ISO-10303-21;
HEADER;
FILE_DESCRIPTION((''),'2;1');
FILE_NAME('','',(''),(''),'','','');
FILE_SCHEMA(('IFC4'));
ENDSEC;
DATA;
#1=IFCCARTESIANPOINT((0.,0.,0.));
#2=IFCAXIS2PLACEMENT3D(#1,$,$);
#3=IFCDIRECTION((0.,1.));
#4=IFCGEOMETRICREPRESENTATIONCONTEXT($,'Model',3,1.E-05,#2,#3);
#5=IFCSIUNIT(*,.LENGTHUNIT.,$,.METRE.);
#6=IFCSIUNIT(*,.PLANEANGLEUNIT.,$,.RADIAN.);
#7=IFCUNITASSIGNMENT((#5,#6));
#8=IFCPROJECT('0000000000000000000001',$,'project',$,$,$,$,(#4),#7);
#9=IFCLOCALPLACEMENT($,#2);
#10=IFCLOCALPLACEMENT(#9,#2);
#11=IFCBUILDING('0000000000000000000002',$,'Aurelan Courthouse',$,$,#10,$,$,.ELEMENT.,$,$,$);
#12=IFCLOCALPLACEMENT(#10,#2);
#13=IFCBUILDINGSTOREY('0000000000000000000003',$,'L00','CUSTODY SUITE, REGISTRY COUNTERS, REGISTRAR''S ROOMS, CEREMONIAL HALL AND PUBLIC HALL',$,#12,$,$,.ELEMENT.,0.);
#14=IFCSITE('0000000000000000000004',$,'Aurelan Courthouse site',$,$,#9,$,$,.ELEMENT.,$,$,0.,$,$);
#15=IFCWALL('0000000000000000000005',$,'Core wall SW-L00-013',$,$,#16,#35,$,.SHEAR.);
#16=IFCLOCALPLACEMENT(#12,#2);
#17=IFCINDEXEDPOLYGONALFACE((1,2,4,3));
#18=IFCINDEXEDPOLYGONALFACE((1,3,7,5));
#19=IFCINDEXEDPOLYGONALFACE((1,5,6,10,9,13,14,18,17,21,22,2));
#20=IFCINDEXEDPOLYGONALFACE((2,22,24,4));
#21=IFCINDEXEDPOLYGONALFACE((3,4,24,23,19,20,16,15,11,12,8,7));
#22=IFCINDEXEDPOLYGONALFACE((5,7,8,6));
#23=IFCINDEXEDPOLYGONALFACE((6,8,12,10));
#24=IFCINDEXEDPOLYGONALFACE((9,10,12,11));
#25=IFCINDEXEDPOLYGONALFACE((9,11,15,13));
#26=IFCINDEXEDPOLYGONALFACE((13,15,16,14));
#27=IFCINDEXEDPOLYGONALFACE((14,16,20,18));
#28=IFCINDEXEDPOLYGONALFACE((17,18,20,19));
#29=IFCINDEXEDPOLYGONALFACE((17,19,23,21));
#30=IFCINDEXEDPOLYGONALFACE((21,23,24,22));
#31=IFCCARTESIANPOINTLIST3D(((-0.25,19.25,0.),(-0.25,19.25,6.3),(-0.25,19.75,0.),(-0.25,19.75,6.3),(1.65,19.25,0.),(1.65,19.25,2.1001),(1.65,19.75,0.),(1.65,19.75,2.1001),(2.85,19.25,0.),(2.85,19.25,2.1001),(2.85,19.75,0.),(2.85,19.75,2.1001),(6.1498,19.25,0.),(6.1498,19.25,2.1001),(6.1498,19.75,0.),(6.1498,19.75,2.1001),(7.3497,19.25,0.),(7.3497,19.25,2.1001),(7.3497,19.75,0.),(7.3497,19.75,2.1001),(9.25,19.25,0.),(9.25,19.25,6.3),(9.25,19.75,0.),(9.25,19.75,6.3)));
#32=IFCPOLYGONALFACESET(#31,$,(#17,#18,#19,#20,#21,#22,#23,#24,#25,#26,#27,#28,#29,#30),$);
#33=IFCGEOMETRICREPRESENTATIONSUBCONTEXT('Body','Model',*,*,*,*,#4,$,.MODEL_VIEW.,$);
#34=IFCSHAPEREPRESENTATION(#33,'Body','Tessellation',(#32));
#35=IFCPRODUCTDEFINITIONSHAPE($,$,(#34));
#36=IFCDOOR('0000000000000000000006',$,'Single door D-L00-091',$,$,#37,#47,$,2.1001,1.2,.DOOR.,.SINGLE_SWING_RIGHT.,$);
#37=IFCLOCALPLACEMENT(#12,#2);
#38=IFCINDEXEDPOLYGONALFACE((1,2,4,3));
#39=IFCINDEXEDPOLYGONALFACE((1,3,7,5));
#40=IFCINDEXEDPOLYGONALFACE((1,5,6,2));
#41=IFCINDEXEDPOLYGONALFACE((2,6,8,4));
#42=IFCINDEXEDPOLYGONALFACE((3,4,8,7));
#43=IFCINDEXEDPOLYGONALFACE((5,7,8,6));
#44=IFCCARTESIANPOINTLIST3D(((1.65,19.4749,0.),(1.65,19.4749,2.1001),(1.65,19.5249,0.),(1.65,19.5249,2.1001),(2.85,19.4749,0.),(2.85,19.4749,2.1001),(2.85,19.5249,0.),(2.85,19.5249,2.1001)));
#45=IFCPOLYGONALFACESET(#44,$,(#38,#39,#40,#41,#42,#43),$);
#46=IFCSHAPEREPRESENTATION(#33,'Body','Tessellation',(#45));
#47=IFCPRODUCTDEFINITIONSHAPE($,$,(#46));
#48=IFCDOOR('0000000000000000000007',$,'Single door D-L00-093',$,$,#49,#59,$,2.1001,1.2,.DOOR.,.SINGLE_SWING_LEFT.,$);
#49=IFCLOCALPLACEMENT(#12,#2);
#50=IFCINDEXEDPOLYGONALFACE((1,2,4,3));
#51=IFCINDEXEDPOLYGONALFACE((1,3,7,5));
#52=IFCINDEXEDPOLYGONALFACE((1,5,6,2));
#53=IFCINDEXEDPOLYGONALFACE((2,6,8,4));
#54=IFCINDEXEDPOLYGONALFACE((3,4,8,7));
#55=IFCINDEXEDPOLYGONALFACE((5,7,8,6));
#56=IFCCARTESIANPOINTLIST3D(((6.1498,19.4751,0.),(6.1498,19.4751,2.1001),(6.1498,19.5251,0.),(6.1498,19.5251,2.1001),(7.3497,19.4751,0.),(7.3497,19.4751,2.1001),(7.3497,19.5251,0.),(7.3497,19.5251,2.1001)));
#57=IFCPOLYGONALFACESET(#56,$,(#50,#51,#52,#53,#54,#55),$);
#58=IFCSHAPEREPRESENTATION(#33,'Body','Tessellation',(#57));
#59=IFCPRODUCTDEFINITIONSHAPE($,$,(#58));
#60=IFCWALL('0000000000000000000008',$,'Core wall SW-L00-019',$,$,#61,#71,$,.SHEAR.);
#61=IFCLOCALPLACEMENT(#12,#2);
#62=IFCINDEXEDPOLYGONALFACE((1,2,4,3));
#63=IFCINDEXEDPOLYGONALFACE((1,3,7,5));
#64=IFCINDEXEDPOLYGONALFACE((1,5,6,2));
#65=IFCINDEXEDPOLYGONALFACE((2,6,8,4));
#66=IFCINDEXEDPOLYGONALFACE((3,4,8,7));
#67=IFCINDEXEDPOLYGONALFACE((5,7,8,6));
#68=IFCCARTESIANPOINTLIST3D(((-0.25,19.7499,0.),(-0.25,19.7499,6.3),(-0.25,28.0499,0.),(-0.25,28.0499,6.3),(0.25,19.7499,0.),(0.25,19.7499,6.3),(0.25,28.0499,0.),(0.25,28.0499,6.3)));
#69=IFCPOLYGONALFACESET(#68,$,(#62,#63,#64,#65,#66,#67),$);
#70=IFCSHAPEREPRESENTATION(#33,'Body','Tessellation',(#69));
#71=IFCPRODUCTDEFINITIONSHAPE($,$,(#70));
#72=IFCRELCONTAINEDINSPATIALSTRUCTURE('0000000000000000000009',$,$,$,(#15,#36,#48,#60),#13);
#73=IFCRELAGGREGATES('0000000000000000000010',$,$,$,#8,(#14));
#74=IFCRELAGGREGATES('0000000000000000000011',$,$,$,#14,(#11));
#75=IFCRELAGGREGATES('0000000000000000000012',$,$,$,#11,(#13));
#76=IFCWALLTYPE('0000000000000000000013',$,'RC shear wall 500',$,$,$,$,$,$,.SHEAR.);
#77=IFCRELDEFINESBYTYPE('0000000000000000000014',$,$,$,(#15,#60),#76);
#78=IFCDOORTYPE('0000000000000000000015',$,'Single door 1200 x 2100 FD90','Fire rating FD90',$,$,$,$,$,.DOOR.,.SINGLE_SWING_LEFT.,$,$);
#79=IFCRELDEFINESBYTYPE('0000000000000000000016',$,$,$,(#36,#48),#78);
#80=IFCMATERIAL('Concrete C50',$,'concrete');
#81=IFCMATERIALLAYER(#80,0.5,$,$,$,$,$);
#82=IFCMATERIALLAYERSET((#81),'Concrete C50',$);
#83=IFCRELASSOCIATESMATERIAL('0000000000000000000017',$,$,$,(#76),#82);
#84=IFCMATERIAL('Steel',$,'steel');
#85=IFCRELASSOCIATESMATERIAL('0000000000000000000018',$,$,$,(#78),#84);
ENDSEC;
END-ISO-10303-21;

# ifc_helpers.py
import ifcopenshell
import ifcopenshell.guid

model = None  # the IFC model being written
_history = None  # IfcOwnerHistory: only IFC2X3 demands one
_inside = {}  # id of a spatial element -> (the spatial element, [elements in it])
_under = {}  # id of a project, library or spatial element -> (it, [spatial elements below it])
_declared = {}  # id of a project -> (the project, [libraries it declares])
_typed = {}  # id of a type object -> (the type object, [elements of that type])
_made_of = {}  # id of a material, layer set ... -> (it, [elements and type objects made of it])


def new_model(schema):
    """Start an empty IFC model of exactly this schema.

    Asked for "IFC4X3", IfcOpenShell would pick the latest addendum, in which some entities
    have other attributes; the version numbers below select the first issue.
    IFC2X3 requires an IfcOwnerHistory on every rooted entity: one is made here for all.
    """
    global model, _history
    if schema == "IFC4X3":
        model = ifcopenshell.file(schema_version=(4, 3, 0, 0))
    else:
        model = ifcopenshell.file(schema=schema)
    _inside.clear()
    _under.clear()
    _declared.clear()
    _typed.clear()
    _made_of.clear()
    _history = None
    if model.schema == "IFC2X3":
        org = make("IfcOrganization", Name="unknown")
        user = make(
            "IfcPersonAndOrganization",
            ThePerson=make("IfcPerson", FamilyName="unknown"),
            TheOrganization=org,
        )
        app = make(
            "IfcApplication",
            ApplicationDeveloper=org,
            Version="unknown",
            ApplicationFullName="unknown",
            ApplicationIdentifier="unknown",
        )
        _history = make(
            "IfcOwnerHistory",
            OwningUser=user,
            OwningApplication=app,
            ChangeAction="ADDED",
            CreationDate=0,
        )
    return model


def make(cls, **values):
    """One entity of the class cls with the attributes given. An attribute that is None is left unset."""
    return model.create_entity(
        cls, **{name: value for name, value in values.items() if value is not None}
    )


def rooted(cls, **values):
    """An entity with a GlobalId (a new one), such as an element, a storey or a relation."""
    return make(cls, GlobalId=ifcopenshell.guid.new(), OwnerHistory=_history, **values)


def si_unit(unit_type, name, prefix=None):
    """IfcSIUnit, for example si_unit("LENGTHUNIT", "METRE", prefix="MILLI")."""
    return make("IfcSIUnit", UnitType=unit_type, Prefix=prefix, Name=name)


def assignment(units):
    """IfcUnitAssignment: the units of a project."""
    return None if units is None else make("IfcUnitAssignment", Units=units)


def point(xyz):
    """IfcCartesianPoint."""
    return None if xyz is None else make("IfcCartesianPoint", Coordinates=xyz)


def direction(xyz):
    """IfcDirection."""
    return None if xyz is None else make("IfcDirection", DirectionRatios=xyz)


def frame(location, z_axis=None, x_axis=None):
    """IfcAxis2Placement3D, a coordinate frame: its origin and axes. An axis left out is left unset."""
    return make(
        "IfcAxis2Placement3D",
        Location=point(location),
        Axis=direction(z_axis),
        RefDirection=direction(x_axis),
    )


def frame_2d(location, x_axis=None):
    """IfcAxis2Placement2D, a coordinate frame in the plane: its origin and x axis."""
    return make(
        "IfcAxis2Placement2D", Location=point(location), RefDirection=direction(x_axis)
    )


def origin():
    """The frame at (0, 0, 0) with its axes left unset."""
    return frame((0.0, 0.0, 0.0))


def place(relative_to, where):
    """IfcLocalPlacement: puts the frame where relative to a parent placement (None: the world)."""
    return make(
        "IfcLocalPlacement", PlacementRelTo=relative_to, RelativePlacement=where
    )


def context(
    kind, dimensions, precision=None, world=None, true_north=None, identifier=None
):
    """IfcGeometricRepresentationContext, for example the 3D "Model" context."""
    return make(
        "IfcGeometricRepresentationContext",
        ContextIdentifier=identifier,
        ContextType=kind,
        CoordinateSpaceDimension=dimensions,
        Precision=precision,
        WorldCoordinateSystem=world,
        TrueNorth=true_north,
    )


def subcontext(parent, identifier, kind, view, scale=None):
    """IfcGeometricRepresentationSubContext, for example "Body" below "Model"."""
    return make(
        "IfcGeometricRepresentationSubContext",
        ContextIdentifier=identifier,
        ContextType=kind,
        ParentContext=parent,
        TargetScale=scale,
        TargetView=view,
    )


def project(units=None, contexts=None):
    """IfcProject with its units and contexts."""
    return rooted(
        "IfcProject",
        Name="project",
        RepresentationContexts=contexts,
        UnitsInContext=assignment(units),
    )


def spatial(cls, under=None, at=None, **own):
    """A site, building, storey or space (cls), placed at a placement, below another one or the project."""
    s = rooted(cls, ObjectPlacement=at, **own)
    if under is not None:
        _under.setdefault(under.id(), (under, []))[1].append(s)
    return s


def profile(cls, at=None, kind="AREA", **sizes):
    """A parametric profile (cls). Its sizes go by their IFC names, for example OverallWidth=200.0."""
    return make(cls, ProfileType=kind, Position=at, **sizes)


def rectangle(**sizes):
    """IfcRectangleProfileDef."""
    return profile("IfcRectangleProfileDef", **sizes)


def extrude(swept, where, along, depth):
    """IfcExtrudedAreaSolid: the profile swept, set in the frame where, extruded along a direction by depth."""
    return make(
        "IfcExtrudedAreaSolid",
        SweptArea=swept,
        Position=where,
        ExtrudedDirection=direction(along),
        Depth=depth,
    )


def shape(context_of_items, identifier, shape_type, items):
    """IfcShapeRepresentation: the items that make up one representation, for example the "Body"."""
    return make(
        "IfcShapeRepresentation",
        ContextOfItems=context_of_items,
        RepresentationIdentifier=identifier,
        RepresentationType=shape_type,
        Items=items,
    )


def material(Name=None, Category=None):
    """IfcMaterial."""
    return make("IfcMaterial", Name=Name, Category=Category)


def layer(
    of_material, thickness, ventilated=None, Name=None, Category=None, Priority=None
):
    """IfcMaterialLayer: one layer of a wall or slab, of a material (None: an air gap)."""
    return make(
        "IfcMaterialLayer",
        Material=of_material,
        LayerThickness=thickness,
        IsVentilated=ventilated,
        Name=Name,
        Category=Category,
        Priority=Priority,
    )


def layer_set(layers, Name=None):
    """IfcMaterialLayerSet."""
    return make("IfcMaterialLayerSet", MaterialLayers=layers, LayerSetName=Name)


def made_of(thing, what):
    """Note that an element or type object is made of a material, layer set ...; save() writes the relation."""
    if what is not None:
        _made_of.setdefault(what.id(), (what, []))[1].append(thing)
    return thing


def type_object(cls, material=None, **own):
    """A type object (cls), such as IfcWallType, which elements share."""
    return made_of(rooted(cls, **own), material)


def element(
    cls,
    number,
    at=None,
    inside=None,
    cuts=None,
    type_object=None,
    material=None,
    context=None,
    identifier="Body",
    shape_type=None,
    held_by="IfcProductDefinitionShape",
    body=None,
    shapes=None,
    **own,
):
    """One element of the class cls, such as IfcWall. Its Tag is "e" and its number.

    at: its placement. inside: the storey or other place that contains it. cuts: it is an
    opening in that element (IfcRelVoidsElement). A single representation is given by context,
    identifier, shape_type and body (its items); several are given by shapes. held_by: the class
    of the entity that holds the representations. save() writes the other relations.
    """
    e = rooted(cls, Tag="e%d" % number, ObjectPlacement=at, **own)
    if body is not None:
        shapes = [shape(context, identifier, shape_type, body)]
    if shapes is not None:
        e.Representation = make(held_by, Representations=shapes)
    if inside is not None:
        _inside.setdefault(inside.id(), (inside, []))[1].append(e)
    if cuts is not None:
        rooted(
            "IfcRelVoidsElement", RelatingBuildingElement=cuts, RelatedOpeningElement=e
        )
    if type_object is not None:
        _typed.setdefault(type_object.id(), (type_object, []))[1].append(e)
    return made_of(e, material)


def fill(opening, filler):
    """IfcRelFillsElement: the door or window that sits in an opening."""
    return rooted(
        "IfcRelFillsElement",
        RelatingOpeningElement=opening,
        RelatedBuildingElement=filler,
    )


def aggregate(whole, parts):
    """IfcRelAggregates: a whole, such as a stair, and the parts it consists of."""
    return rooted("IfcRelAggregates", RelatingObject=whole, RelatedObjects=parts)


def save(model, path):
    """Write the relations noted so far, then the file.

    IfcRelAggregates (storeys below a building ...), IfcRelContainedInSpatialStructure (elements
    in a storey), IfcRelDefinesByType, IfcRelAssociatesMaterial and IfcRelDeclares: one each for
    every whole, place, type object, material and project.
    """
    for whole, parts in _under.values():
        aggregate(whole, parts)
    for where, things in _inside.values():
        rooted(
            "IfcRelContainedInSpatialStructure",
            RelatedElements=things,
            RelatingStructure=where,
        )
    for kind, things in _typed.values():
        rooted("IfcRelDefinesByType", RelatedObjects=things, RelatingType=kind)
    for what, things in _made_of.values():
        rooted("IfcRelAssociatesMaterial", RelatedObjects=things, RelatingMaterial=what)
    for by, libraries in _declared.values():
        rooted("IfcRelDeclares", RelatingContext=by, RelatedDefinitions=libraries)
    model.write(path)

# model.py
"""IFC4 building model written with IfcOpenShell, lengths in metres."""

from ifc_helpers import new_model, si_unit, direction, frame, frame_2d, origin, place, context, subcontext, project, spatial, rectangle, extrude, material, layer, layer_set, type_object, element, fill, save


model = new_model("IFC4")

# Units and contexts
model_context = context("Model", 3, precision=1e-05, world=origin(), true_north=direction((0.0, 1.0)))
body_context = subcontext(model_context, "Body", "Model", "MODEL_VIEW")
ifc_project = project(units=[si_unit("LENGTHUNIT", "METRE"), si_unit("PLANEANGLEUNIT", "RADIAN")], contexts=[model_context])

# Site, building, storey
site_placement = place(None, origin())
site = spatial("IfcSite", under=ifc_project, at=site_placement, Name="Aurelan Courthouse site", CompositionType="ELEMENT", RefElevation=0.0)
building_placement = place(site_placement, origin())
building = spatial("IfcBuilding", under=site, at=building_placement, Name="Aurelan Courthouse", CompositionType="ELEMENT")
storey_placement = place(building_placement, origin())
storey = spatial("IfcBuildingStorey", under=building, at=storey_placement, Name="L00", Description="CUSTODY SUITE, REGISTRY COUNTERS, REGISTRAR'S ROOMS, CEREMONIAL HALL AND PUBLIC HALL", CompositionType="ELEMENT", Elevation=0.0)

# Shared definitions
ifc_material_1 = material(Name="Concrete C50", Category="concrete")

# Shared definitions
ifc_layer_1 = layer(ifc_material_1, 0.5)
ifc_layer_set_1 = layer_set([ifc_layer_1], Name="Concrete C50")
wall_type_1 = type_object("IfcWallType", Name="RC shear wall 500", PredefinedType="SHEAR", material=ifc_layer_set_1)

# Wall, openings, doors
wall_1_placement = place(storey_placement, frame((-0.25, 19.5, 0.0), z_axis=(0.0, 0.0, 1.0), x_axis=(1.0, 0.0, 0.0)))
wall_1 = element("IfcWall", 1, at=wall_1_placement, inside=storey, type_object=wall_type_1, Name="Core wall SW-L00-013", PredefinedType="SHEAR", context=body_context, shape_type="SweptSolid", body=[
    extrude(rectangle(XDim=9.5, YDim=0.5, at=frame_2d((4.75, 0.0))), origin(), (0.0, 0.0, 1.0), 6.3),
])
opening_1_placement = place(wall_1_placement, frame((1.8999, 0.0, 0.0)))
opening_1 = element("IfcOpeningElement", 2, at=opening_1_placement, cuts=wall_1, PredefinedType="OPENING", context=body_context, shape_type="SweptSolid", body=[
    extrude(rectangle(XDim=1.2, YDim=2.1001, at=frame_2d((0.6001, 1.05))), frame((0.0, 0.26, 0.0), z_axis=(0.0, -1.0, 0.0), x_axis=(1.0, 0.0, 0.0)), (0.0, 0.0, 1.0), 0.52),
])
opening_2_placement = place(wall_1_placement, frame((7.5999, 0.0, 0.0), z_axis=(0.0, 0.0, 1.0), x_axis=(-1.0, 0.0, 0.0)))
opening_2 = element("IfcOpeningElement", 3, at=opening_2_placement, cuts=wall_1, PredefinedType="OPENING", context=body_context, shape_type="SweptSolid", body=[
    extrude(rectangle(XDim=1.2, YDim=2.1001, at=frame_2d((0.6001, 1.05))), frame((0.0, 0.26, 0.0), z_axis=(0.0, -1.0, 0.0), x_axis=(1.0, 0.0, 0.0)), (0.0, 0.0, 1.0), 0.52),
])
ifc_material_2 = material(Name="Steel", Category="steel")
door_type_1 = type_object("IfcDoorType", Name="Single door 1200 x 2100 FD90", Description="Fire rating FD90", OperationType="SINGLE_SWING_LEFT", PredefinedType="DOOR", material=ifc_material_2)
door_1_placement = place(opening_1_placement, origin())
door_1 = element("IfcDoor", 4, at=door_1_placement, inside=storey, type_object=door_type_1, Name="Single door D-L00-091", OperationType="SINGLE_SWING_RIGHT", OverallHeight=2.1001, OverallWidth=1.2, PredefinedType="DOOR", context=body_context, shape_type="SweptSolid", body=[
    extrude(rectangle(XDim=1.2, YDim=2.1001, at=frame_2d((0.6001, 1.05))), frame((0.0, 0.0249, 0.0), z_axis=(0.0, -1.0, 0.0), x_axis=(1.0, 0.0, 0.0)), (0.0, 0.0, 1.0), 0.05),
])
fill(opening_1, door_1)
door_2_placement = place(opening_2_placement, origin())
door_2 = element("IfcDoor", 5, at=door_2_placement, inside=storey, type_object=door_type_1, Name="Single door D-L00-093", OperationType="SINGLE_SWING_LEFT", OverallHeight=2.1001, OverallWidth=1.2, PredefinedType="DOOR", context=body_context, shape_type="SweptSolid", body=[
    extrude(rectangle(XDim=1.2, YDim=2.1001, at=frame_2d((0.6001, 1.05))), frame((0.0, 0.0249, 0.0), z_axis=(0.0, -1.0, 0.0), x_axis=(1.0, 0.0, 0.0)), (0.0, 0.0, 1.0), 0.05),
])
fill(opening_2, door_2)

# Wall
wall_2_placement = place(storey_placement, frame((0.0, 19.75, 0.0), z_axis=(0.0, 0.0, 1.0), x_axis=(0.0, 1.0, 0.0)))
element("IfcWall", 6, at=wall_2_placement, inside=storey, type_object=wall_type_1, Name="Core wall SW-L00-019", PredefinedType="SHEAR", context=body_context, shape_type="SweptSolid", body=[
    extrude(rectangle(XDim=8.3, YDim=0.5, at=frame_2d((4.1499, 0.0))), origin(), (0.0, 0.0, 1.0), 6.3),
])

save(model, "model.ifc")
